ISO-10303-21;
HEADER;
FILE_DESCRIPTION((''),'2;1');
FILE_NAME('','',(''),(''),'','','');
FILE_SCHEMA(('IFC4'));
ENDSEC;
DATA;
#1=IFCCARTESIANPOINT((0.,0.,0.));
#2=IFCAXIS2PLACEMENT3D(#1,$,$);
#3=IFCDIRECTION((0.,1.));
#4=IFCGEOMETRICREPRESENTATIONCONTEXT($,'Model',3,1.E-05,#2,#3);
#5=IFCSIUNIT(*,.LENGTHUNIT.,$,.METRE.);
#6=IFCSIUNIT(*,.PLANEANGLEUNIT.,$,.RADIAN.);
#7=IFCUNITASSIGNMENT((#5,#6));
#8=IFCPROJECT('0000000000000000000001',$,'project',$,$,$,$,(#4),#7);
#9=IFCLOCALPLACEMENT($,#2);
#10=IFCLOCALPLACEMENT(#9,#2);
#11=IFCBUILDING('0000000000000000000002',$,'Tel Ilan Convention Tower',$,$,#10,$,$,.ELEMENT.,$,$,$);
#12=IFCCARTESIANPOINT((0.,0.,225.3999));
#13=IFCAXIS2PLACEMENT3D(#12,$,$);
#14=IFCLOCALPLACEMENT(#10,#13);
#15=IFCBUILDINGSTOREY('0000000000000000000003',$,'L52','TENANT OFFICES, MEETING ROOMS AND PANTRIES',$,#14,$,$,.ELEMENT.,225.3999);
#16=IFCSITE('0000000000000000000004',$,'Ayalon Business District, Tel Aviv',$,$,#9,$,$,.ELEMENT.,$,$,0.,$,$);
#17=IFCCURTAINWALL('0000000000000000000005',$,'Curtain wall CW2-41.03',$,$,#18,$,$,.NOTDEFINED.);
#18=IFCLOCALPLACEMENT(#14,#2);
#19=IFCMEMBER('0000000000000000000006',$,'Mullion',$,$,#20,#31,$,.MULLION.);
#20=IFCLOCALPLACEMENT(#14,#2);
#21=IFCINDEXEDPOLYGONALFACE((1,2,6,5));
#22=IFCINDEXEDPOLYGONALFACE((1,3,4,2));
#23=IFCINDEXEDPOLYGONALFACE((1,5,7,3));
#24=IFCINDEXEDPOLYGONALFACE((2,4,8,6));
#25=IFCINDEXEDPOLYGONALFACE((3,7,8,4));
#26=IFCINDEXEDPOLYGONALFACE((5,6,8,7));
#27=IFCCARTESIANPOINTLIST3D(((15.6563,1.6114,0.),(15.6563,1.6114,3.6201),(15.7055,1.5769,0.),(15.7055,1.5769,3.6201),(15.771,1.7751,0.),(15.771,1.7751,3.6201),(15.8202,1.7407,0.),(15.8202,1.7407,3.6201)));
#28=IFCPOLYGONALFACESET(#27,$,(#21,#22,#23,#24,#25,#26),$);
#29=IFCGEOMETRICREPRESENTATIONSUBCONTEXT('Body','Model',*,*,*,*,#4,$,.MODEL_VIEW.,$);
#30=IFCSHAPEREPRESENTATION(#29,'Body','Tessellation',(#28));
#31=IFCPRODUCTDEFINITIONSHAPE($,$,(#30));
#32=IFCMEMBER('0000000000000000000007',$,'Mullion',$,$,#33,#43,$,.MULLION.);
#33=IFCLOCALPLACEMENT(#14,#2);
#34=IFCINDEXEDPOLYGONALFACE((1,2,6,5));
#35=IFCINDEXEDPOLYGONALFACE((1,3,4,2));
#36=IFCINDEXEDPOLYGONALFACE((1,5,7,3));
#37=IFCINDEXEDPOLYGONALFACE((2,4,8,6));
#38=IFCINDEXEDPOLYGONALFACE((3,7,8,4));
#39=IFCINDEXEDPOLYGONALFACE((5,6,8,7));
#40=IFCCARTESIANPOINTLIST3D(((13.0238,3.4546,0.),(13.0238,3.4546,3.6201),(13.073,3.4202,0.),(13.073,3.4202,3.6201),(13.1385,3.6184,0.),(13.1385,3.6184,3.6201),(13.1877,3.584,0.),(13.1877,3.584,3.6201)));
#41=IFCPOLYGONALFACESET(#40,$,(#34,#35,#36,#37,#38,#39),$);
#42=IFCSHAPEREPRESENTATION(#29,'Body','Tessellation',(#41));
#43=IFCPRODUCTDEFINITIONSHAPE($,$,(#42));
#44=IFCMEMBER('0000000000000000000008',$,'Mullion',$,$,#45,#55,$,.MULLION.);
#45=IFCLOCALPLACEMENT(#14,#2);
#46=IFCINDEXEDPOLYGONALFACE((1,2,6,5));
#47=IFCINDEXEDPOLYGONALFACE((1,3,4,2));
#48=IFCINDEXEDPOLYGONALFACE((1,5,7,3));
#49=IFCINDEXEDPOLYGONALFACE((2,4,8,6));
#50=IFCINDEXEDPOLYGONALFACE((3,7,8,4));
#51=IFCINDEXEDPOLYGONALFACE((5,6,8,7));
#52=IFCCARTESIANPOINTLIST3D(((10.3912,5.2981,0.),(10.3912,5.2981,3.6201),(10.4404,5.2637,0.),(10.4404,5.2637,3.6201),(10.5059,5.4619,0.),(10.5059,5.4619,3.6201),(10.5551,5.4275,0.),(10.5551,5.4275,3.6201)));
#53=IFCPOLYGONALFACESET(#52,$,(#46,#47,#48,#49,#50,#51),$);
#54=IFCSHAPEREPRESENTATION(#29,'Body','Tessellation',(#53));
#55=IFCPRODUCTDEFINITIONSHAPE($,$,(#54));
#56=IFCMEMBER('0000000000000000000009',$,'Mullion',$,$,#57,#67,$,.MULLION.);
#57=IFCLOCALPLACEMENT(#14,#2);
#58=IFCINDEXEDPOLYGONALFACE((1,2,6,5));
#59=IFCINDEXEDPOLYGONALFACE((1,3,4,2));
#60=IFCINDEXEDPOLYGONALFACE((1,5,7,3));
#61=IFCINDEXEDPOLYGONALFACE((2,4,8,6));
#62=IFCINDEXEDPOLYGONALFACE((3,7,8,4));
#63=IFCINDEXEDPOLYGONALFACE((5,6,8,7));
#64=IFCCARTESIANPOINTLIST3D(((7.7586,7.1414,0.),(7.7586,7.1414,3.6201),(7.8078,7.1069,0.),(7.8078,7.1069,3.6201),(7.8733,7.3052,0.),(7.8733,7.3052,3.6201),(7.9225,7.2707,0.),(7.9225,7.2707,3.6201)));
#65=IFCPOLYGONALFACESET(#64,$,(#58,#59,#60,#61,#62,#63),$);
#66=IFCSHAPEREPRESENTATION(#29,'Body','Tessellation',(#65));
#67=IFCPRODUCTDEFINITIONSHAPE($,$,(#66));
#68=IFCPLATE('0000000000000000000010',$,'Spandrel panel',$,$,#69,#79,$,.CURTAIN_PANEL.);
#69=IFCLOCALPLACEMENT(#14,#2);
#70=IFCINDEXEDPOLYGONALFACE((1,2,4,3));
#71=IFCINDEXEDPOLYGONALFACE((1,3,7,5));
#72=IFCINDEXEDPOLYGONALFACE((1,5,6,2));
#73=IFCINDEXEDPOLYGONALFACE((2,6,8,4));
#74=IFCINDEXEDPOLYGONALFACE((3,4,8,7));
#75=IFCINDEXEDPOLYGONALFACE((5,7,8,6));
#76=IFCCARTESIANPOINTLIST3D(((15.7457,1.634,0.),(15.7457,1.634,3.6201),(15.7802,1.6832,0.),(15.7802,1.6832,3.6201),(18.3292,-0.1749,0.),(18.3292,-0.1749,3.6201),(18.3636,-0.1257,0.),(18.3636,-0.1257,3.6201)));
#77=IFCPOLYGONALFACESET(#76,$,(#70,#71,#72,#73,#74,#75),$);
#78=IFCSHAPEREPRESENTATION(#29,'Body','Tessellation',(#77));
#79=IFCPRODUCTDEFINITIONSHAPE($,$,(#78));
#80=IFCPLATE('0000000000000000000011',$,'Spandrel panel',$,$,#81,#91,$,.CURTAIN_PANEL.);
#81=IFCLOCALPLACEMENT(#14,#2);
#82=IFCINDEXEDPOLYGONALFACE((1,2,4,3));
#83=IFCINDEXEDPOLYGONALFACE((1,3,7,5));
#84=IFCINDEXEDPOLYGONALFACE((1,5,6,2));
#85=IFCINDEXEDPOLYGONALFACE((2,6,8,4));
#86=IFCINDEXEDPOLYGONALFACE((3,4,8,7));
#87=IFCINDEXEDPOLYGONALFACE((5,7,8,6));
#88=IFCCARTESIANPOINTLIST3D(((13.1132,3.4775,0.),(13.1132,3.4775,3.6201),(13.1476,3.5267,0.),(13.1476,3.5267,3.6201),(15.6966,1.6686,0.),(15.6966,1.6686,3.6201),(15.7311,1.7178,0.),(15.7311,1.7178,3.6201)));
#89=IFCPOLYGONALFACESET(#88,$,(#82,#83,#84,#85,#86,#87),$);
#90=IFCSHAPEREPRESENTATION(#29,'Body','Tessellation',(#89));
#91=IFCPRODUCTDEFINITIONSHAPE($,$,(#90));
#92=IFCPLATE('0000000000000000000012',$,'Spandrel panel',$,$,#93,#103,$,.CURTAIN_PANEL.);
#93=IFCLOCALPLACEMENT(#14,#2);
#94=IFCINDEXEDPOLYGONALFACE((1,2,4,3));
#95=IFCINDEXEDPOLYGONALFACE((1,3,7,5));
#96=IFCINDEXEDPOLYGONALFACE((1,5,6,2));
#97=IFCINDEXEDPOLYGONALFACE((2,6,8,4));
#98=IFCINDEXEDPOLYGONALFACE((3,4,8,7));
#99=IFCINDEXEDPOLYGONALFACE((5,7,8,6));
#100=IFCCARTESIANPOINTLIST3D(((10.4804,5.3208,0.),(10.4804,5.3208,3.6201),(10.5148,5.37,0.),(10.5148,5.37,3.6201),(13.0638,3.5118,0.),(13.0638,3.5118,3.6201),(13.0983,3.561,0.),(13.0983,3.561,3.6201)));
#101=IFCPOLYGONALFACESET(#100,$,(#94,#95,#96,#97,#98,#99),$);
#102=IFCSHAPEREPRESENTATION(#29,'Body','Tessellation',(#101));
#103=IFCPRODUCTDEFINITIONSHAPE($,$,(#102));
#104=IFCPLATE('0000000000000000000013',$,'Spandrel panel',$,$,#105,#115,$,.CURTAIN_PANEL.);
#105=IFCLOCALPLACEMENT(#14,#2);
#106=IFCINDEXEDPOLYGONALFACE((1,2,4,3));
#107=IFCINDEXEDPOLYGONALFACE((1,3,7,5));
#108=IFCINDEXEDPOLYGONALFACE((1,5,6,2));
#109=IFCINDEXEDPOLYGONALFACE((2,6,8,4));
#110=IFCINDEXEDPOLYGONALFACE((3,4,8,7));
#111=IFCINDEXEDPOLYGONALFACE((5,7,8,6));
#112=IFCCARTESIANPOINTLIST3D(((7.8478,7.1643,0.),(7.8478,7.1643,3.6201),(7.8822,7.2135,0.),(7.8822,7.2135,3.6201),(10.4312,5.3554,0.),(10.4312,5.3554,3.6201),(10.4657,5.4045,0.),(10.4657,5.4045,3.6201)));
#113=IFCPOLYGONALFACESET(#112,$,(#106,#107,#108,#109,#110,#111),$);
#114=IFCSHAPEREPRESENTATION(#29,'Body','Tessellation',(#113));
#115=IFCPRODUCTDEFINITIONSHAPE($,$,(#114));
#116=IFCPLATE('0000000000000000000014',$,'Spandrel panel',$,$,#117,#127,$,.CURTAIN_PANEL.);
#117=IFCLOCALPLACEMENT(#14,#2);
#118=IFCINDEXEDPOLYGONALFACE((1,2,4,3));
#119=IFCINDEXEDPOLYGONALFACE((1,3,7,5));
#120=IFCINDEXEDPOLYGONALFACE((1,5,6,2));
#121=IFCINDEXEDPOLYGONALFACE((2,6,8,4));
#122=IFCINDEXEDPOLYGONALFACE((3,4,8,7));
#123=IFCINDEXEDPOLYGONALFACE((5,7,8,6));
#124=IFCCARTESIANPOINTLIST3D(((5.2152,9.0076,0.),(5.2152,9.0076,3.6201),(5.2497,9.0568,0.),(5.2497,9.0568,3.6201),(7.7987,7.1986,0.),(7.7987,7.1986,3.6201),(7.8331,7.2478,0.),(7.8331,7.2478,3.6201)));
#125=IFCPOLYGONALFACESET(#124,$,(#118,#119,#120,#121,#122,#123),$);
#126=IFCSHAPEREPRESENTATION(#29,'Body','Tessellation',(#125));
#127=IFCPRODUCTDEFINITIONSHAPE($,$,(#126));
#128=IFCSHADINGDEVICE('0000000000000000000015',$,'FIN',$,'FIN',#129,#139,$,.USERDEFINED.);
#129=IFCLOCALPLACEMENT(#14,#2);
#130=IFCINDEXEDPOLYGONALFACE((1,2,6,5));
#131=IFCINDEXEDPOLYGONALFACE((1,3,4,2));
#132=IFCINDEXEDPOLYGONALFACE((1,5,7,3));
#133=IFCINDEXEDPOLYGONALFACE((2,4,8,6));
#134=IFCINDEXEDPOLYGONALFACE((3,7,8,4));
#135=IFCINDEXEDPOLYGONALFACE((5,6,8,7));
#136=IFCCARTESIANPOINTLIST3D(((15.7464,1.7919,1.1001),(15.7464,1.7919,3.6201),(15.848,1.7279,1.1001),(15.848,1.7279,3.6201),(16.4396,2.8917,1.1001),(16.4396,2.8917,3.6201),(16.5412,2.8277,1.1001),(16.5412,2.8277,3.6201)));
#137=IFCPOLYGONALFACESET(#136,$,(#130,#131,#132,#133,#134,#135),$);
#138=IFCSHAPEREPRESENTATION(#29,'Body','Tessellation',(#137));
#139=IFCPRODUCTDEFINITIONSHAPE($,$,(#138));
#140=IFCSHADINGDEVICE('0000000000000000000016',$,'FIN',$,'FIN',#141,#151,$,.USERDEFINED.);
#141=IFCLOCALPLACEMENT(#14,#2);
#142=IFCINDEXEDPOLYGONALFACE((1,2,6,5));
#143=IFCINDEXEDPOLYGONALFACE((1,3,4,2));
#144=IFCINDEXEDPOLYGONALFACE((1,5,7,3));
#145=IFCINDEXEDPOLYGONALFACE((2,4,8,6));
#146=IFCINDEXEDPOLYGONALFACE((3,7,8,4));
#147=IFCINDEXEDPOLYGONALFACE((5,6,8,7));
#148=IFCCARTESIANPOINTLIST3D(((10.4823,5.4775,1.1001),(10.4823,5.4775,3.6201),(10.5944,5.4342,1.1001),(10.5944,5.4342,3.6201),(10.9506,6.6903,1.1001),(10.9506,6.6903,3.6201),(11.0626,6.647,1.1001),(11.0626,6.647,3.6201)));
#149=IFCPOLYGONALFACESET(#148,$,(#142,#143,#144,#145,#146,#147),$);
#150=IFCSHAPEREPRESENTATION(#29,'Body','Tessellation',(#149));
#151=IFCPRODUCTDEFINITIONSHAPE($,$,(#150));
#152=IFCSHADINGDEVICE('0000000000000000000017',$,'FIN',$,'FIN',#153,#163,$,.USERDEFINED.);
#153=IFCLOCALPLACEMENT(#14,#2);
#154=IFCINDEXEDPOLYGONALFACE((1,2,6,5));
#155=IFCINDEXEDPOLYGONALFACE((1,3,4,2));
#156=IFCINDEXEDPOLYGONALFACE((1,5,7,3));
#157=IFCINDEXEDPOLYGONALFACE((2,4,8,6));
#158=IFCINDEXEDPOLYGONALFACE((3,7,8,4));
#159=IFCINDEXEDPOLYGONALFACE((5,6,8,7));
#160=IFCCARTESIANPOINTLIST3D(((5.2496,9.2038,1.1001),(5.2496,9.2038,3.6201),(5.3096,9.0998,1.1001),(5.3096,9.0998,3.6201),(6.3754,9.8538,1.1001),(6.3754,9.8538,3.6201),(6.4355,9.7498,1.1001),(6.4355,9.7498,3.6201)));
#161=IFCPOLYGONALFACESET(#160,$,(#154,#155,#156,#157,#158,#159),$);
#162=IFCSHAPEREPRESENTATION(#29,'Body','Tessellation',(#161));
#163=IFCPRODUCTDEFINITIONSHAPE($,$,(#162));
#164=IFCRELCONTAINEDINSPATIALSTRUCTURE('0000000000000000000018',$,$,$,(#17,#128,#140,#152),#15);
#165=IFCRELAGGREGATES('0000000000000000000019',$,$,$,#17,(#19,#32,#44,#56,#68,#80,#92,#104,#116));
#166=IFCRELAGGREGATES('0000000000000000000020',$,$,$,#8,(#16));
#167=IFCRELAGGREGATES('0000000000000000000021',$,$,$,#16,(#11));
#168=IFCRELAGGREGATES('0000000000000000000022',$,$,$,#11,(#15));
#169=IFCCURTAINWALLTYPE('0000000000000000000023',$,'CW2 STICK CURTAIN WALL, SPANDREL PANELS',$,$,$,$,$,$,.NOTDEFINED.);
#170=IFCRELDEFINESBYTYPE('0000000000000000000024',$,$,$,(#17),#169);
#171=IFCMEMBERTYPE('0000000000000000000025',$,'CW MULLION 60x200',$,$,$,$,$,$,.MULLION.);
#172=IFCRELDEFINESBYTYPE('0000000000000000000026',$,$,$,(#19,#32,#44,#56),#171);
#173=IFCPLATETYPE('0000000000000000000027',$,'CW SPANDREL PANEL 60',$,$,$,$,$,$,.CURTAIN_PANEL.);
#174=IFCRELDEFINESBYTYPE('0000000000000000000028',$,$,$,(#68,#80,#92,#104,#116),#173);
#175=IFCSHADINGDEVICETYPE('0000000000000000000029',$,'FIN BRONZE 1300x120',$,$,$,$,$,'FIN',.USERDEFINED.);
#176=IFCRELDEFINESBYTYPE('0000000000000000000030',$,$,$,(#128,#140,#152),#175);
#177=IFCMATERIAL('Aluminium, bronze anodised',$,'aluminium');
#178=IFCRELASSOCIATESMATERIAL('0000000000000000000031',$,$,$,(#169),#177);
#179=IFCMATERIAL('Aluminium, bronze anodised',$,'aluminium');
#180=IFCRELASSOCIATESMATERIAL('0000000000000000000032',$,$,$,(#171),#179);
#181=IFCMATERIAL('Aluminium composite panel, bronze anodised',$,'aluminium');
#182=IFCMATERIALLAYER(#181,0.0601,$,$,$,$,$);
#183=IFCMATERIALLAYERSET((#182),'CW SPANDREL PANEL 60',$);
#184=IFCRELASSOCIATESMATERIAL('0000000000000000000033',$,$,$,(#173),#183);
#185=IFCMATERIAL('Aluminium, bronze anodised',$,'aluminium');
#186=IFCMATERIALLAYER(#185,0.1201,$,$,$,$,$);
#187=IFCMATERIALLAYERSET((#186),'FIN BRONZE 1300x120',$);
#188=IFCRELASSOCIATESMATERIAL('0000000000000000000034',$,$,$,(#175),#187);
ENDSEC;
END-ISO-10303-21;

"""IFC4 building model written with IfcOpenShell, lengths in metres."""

from ifc_helpers import new_model, si_unit, direction, frame, origin, origin_2d, place, context, subcontext, project, spatial, rectangle, extrude, material, layer, layer_set, material_profile, profile_set, type_object, element, aggregate, save


model = new_model("IFC4")

# Units and contexts
model_context = context("Model", 3, precision=1e-05, world=origin(), true_north=direction((0.0, 1.0)))
body_context = subcontext(model_context, "Body", "Model", "MODEL_VIEW")
ifc_project = project(units=[si_unit("LENGTHUNIT", "METRE"), si_unit("PLANEANGLEUNIT", "RADIAN")], contexts=[model_context])

# Site, building, storey
site_placement = place(None, origin())
site = spatial("IfcSite", under=ifc_project, at=site_placement, Name="Ayalon Business District, Tel Aviv", CompositionType="ELEMENT", RefElevation=0.0)
building_placement = place(site_placement, origin())
building = spatial("IfcBuilding", under=site, at=building_placement, Name="Tel Ilan Convention Tower", CompositionType="ELEMENT")
storey_placement = place(building_placement, frame((0.0, 0.0, 225.3999)))
storey = spatial("IfcBuildingStorey", under=building, at=storey_placement, Name="L52", Description="TENANT OFFICES, MEETING ROOMS AND PANTRIES", CompositionType="ELEMENT", Elevation=225.3999)

# Curtain wall, members, plates
ifc_material_1 = material(Name="Aluminium, bronze anodised", Category="aluminium")
curtain_wall_type = type_object("IfcCurtainWallType", Name="CW2 STICK CURTAIN WALL, SPANDREL PANELS", PredefinedType="NOTDEFINED", material=ifc_material_1)
curtain_wall_placement = place(storey_placement, origin())
curtain_wall = element("IfcCurtainWall", 1, at=curtain_wall_placement, inside=storey, type_object=curtain_wall_type, Name="Curtain wall CW2-41.03", PredefinedType="NOTDEFINED")
ifc_material_2 = material(Name="Aluminium, bronze anodised", Category="aluminium")
ifc_material_profile = material_profile(ifc_material_2, rectangle(XDim=0.0601, YDim=0.2, at=origin_2d()), Name="CW MULLION 60x200")
ifc_profile_set = profile_set([ifc_material_profile], Name="Aluminium, bronze anodised")
member_type = type_object("IfcMemberType", Name="CW MULLION 60x200", PredefinedType="MULLION", material=ifc_profile_set)
member_1_placement = place(storey_placement, frame((15.7383, 1.676, 0.0), z_axis=(0.0, 0.0, 1.0), x_axis=(-0.819152, 0.573576, 0.0)))
member_1 = element("IfcMember", 2, at=member_1_placement, type_object=member_type, Name="Mullion", PredefinedType="MULLION", context=body_context, shape_type="SweptSolid", body=[
    extrude(rectangle(XDim=0.0601, YDim=0.2, at=origin_2d()), origin(), (0.0, 0.0, 1.0), 3.6201),
])
member_2_placement = place(storey_placement, frame((13.1057, 3.5193, 0.0), z_axis=(0.0, 0.0, 1.0), x_axis=(-0.819152, 0.573576, 0.0)))
member_2 = element("IfcMember", 3, at=member_2_placement, type_object=member_type, Name="Mullion", PredefinedType="MULLION", context=body_context, shape_type="SweptSolid", body=[
    extrude(rectangle(XDim=0.0601, YDim=0.2, at=origin_2d()), origin(), (0.0, 0.0, 1.0), 3.6201),
])
member_3_placement = place(storey_placement, frame((10.4731, 5.3628, 0.0), z_axis=(0.0, 0.0, 1.0), x_axis=(-0.819152, 0.573576, 0.0)))
member_3 = element("IfcMember", 4, at=member_3_placement, type_object=member_type, Name="Mullion", PredefinedType="MULLION", context=body_context, shape_type="SweptSolid", body=[
    extrude(rectangle(XDim=0.0601, YDim=0.2, at=origin_2d()), origin(), (0.0, 0.0, 1.0), 3.6201),
])
member_4_placement = place(storey_placement, frame((7.8406, 7.2061, 0.0), z_axis=(0.0, 0.0, 1.0), x_axis=(-0.819152, 0.573576, 0.0)))
member_4 = element("IfcMember", 5, at=member_4_placement, type_object=member_type, Name="Mullion", PredefinedType="MULLION", context=body_context, shape_type="SweptSolid", body=[
    extrude(rectangle(XDim=0.0601, YDim=0.2, at=origin_2d()), origin(), (0.0, 0.0, 1.0), 3.6201),
])
ifc_material_3 = material(Name="Aluminium composite panel, bronze anodised", Category="aluminium")
ifc_layer_1 = layer(ifc_material_3, 0.0601)
ifc_layer_set_1 = layer_set([ifc_layer_1], Name="CW SPANDREL PANEL 60")
plate_type = type_object("IfcPlateType", Name="CW SPANDREL PANEL 60", PredefinedType="CURTAIN_PANEL", material=ifc_layer_set_1)
plate_1_placement = place(storey_placement, frame((17.0547, 0.7542, 0.0), z_axis=(0.0, 0.0, 1.0), x_axis=(-0.819152, 0.573576, 0.0)))
plate_1 = element("IfcPlate", 6, at=plate_1_placement, type_object=plate_type, Name="Spandrel panel", PredefinedType="CURTAIN_PANEL", context=body_context, shape_type="SweptSolid", body=[
    extrude(rectangle(XDim=3.1538, YDim=0.0601, at=origin_2d()), origin(), (0.0, 0.0, 1.0), 3.6201),
])
plate_2_placement = place(storey_placement, frame((14.4221, 2.5977, 0.0), z_axis=(0.0, 0.0, 1.0), x_axis=(-0.819152, 0.573576, 0.0)))
plate_2 = element("IfcPlate", 7, at=plate_2_placement, type_object=plate_type, Name="Spandrel panel", PredefinedType="CURTAIN_PANEL", context=body_context, shape_type="SweptSolid", body=[
    extrude(rectangle(XDim=3.1538, YDim=0.0601, at=origin_2d()), origin(), (0.0, 0.0, 1.0), 3.6201),
])
plate_3_placement = place(storey_placement, frame((11.7893, 4.4409, 0.0), z_axis=(0.0, 0.0, 1.0), x_axis=(-0.819152, 0.573576, 0.0)))
plate_3 = element("IfcPlate", 8, at=plate_3_placement, type_object=plate_type, Name="Spandrel panel", PredefinedType="CURTAIN_PANEL", context=body_context, shape_type="SweptSolid", body=[
    extrude(rectangle(XDim=3.1538, YDim=0.0601, at=origin_2d()), origin(), (0.0, 0.0, 1.0), 3.6201),
])
plate_4_placement = place(storey_placement, frame((9.1567, 6.2844, 0.0), z_axis=(0.0, 0.0, 1.0), x_axis=(-0.819152, 0.573576, 0.0)))
plate_4 = element("IfcPlate", 9, at=plate_4_placement, type_object=plate_type, Name="Spandrel panel", PredefinedType="CURTAIN_PANEL", context=body_context, shape_type="SweptSolid", body=[
    extrude(rectangle(XDim=3.1538, YDim=0.0601, at=origin_2d()), origin(), (0.0, 0.0, 1.0), 3.6201),
])
plate_5_placement = place(storey_placement, frame((6.5242, 8.1277, 0.0), z_axis=(0.0, 0.0, 1.0), x_axis=(-0.819152, 0.573576, 0.0)))
plate_5 = element("IfcPlate", 10, at=plate_5_placement, type_object=plate_type, Name="Spandrel panel", PredefinedType="CURTAIN_PANEL", context=body_context, shape_type="SweptSolid", body=[
    extrude(rectangle(XDim=3.1538, YDim=0.0601, at=origin_2d()), origin(), (0.0, 0.0, 1.0), 3.6201),
])
aggregate(curtain_wall, [member_1, member_2, member_3, member_4, plate_1, plate_2, plate_3, plate_4, plate_5])

# Shading devices
ifc_material_4 = material(Name="Aluminium, bronze anodised", Category="aluminium")
ifc_layer_2 = layer(ifc_material_4, 0.1201)
ifc_layer_set_2 = layer_set([ifc_layer_2], Name="FIN BRONZE 1300x120")
shading_device_type = type_object("IfcShadingDeviceType", Name="FIN BRONZE 1300x120", ElementType="FIN", PredefinedType="USERDEFINED", material=ifc_layer_set_2)
for number, where, z_axis, x_axis, name in (
    (11, (16.1438, 2.3098, 1.1001), (0.0, 0.0, 1.0), (0.533204, 0.845986, 0.0), "FIN"),
    (12, (10.7725, 6.0623, 1.1001), (0.0, 0.0, 1.0), (0.360178, 0.932884, 0.0), "FIN"),
    (13, (5.8425, 9.4768, 1.1001), (0.0, 0.0, 1.0), (0.866025, 0.5, 0.0), "FIN"),
):
    element("IfcShadingDevice", number, at=place(storey_placement, frame(where, z_axis=z_axis, x_axis=x_axis)), inside=storey, type_object=shading_device_type, Name=name, ObjectType="FIN", PredefinedType="USERDEFINED", context=body_context, shape_type="SweptSolid", body=[
        extrude(rectangle(XDim=1.3, YDim=0.1201, at=origin_2d()), origin(), (0.0, 0.0, 1.0), 2.52),
    ])

save(model, "model.ifc")
